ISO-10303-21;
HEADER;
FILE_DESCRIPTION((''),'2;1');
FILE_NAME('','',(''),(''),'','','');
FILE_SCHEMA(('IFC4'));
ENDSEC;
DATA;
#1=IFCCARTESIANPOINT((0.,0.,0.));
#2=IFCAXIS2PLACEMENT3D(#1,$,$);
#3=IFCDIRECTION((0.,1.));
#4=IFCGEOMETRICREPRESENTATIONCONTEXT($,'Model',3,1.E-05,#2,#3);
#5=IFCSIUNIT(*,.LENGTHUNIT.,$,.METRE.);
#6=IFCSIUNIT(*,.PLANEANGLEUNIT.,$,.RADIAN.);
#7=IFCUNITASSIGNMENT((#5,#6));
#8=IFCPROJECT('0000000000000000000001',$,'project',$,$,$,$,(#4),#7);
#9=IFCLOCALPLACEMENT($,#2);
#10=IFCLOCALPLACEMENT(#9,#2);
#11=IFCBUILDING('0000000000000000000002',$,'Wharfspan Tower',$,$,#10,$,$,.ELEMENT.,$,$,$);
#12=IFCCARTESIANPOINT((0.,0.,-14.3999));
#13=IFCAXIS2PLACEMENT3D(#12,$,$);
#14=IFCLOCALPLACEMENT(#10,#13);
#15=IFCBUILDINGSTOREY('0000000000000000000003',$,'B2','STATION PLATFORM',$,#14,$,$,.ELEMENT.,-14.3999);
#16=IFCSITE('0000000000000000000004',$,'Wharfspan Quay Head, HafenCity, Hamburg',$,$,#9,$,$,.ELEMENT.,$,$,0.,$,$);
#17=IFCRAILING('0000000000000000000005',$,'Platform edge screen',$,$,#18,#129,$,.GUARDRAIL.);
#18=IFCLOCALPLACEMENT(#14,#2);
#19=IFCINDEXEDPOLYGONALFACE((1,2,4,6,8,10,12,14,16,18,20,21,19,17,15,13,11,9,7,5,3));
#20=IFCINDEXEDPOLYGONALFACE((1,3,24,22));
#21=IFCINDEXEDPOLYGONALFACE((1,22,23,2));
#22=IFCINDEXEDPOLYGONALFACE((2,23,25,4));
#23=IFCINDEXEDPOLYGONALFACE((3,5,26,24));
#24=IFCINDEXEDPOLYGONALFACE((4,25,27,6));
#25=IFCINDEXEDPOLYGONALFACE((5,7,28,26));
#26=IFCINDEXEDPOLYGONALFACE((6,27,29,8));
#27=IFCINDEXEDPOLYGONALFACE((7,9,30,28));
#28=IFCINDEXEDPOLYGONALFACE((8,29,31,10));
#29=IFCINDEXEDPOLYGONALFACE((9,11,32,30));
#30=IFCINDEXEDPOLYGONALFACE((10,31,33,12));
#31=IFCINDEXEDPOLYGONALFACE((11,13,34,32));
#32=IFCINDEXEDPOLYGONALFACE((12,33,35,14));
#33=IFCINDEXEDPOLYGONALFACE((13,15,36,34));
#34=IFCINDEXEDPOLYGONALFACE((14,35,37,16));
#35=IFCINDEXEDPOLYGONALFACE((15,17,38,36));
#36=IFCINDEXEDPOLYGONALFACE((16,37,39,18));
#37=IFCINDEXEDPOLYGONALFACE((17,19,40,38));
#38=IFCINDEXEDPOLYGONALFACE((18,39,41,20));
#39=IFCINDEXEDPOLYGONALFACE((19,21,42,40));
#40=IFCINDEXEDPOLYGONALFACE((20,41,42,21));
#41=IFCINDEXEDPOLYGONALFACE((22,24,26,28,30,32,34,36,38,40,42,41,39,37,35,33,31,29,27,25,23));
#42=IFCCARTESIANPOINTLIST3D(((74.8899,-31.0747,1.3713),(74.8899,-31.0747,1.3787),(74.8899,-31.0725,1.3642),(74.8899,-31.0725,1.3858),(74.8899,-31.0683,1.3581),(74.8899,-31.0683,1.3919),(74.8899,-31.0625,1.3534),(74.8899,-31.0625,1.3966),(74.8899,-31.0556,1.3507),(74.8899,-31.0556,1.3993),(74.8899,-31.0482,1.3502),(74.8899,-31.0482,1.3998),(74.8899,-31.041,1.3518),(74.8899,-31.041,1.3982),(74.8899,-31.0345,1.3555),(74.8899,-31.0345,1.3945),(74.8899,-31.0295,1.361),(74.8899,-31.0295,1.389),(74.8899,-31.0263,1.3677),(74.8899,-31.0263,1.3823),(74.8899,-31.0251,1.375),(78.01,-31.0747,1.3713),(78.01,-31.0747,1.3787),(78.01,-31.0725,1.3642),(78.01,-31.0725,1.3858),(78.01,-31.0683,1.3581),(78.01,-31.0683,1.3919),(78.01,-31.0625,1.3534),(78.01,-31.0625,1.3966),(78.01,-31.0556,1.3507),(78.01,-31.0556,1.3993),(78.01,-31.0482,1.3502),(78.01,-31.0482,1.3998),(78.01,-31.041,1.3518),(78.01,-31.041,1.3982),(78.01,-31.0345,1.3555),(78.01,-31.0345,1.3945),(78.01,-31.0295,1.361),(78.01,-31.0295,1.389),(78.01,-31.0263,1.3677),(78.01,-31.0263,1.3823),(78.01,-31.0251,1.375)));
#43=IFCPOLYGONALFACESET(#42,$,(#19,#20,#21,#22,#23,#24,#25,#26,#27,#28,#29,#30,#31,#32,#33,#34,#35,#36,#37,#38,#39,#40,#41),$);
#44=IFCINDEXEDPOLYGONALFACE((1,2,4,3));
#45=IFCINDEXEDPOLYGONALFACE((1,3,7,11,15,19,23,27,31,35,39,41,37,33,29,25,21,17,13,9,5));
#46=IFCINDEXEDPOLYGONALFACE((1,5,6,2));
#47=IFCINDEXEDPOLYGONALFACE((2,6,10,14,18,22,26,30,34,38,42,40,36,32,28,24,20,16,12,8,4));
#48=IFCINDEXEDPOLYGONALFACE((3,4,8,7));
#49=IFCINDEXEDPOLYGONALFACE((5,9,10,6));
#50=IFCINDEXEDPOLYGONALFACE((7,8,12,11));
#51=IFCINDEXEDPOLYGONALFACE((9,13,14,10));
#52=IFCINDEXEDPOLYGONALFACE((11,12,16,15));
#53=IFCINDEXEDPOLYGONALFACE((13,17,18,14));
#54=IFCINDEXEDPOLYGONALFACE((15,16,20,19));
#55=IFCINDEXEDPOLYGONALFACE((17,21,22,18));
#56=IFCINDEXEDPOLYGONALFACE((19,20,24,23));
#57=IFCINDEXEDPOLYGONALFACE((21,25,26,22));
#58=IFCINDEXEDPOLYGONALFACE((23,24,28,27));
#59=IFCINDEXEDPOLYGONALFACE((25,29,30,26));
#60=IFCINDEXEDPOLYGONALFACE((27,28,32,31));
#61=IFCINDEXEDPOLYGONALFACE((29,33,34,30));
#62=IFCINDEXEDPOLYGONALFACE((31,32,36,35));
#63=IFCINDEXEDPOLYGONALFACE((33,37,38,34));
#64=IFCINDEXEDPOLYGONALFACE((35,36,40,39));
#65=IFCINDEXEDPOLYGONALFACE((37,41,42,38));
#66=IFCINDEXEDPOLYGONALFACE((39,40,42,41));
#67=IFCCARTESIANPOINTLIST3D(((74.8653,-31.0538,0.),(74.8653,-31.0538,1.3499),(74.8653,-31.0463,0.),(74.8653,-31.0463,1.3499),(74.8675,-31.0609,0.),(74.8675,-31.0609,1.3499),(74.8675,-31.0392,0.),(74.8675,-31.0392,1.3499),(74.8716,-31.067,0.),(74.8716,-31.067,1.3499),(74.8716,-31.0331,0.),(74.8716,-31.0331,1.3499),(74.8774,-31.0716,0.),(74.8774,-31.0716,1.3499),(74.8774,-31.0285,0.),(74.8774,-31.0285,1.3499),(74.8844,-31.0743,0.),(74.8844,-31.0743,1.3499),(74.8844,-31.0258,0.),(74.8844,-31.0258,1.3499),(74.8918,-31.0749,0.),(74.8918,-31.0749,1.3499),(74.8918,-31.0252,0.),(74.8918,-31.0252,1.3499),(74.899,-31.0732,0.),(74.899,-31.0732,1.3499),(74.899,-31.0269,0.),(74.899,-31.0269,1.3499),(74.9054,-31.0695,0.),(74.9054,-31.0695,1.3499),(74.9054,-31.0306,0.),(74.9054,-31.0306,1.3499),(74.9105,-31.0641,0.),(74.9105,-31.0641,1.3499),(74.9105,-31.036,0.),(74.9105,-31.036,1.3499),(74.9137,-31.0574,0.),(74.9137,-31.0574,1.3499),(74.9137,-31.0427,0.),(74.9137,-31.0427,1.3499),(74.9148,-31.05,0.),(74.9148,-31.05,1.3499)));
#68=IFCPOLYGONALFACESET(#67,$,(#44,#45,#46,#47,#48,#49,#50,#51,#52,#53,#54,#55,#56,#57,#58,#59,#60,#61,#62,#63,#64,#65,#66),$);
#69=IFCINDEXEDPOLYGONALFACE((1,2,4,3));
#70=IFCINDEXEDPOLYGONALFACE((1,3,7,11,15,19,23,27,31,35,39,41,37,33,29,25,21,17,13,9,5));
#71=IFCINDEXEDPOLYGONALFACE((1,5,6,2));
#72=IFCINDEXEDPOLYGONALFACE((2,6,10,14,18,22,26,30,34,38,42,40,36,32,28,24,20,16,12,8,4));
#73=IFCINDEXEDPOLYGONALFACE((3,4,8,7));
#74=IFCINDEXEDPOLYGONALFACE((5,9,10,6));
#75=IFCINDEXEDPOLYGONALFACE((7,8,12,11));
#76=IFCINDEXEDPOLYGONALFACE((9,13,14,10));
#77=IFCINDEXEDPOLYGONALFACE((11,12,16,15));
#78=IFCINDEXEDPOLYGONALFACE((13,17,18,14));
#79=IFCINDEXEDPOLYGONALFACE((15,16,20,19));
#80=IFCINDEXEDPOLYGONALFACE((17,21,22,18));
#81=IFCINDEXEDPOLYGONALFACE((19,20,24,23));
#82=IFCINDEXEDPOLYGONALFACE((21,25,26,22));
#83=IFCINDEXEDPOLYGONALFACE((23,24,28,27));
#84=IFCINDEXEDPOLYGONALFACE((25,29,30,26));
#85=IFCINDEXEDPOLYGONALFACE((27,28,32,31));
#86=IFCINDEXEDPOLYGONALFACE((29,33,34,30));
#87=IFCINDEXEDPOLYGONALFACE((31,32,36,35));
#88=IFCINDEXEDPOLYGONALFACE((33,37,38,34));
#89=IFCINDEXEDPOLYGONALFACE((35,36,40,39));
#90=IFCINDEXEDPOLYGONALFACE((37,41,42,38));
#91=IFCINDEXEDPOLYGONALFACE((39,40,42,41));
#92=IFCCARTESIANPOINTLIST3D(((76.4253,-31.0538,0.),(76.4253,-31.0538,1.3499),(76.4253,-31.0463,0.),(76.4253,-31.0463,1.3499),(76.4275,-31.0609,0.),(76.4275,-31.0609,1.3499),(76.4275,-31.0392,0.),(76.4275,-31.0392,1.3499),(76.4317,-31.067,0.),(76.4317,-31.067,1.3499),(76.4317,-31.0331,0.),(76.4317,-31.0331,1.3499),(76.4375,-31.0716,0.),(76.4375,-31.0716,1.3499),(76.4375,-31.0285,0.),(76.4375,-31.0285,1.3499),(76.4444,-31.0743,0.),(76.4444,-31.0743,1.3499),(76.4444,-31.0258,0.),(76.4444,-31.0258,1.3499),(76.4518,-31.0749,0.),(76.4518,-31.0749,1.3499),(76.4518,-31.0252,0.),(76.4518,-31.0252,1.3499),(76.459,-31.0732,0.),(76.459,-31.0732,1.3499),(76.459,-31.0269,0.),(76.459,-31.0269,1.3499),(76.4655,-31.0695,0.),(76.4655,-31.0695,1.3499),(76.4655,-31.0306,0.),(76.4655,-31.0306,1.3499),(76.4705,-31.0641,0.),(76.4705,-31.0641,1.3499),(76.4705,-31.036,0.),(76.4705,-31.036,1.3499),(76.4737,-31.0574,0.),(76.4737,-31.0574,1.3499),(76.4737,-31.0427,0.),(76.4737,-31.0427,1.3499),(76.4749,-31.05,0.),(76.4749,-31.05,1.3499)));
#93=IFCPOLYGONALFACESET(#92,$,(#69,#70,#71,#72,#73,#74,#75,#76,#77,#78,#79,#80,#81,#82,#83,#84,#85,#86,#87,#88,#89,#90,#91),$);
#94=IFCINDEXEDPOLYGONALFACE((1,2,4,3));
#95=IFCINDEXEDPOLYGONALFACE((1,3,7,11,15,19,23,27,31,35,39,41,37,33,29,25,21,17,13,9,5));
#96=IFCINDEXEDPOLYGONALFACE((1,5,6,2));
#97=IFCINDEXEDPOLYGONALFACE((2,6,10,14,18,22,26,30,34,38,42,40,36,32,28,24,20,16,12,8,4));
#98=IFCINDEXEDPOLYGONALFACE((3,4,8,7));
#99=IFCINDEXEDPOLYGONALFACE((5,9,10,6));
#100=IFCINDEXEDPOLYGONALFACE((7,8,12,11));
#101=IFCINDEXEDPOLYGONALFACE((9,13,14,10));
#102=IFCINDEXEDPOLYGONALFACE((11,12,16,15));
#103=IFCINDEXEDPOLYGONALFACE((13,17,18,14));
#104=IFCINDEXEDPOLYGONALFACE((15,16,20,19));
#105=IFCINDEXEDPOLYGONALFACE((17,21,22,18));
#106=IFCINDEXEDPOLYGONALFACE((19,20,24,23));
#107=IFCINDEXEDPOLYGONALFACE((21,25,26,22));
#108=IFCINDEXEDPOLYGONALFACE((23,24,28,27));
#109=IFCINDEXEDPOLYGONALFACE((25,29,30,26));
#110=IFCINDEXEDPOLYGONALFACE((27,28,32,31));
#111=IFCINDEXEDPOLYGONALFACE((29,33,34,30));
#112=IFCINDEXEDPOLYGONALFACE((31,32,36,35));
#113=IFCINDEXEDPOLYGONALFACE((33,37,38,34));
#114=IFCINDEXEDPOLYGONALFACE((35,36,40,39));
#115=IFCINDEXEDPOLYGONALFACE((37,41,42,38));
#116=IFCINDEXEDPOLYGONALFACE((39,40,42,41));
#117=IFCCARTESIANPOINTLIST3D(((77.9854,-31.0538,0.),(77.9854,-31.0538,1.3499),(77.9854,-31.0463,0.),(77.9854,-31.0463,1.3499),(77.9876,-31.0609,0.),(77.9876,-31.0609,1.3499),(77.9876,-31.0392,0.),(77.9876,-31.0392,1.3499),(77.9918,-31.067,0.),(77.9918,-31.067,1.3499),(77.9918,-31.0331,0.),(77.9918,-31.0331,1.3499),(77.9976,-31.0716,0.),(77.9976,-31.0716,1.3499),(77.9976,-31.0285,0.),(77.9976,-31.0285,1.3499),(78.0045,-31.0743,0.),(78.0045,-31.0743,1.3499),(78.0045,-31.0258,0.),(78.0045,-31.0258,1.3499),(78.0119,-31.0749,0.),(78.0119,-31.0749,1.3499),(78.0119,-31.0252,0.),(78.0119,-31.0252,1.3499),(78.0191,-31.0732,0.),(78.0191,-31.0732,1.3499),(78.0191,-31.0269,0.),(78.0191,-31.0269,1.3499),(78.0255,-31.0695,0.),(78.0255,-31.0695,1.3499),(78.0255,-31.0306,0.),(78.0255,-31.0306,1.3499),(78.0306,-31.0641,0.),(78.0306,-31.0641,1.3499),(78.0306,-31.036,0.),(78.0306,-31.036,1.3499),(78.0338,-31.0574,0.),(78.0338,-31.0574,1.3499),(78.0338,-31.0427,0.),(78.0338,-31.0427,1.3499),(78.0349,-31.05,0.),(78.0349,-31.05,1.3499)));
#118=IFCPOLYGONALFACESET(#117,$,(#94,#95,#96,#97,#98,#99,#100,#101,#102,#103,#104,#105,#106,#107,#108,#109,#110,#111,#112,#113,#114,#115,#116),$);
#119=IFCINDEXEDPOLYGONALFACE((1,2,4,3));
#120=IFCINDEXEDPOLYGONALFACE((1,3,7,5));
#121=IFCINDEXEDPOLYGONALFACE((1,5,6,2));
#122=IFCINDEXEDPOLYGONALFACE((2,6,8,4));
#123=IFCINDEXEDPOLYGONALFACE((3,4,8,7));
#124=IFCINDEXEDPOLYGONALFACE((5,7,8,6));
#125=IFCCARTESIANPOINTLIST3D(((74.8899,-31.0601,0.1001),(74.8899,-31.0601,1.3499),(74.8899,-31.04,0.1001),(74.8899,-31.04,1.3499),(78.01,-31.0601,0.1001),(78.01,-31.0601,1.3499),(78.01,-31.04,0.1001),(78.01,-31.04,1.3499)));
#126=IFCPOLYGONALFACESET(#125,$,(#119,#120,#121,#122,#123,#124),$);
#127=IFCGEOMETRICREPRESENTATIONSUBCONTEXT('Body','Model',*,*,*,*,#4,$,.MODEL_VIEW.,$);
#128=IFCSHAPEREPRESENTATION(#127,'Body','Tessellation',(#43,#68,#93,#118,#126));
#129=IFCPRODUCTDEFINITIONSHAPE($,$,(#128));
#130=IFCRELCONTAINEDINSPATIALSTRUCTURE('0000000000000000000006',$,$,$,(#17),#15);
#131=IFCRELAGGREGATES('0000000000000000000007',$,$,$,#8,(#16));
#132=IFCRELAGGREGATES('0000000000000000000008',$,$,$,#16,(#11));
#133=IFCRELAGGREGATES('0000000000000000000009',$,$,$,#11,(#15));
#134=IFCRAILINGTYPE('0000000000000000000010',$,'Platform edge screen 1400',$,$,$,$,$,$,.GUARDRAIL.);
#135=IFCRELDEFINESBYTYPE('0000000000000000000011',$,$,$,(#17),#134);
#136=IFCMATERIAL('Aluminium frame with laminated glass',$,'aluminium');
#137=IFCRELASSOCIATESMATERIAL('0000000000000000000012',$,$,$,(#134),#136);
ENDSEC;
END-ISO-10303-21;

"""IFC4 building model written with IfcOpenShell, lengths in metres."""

from ifc_helpers import new_model, si_unit, direction, frame, origin, origin_2d, place, context, subcontext, project, spatial, rectangle, circle, extrude, material, type_object, element, save


model = new_model("IFC4")

# Units and contexts
model_context = context("Model", 3, precision=1e-05, world=origin(), true_north=direction((0.0, 1.0)))
body_context = subcontext(model_context, "Body", "Model", "MODEL_VIEW")
ifc_project = project(units=[si_unit("LENGTHUNIT", "METRE"), si_unit("PLANEANGLEUNIT", "RADIAN")], contexts=[model_context])

# Site, building, storey
site_placement = place(None, origin())
site = spatial("IfcSite", under=ifc_project, at=site_placement, Name="Wharfspan Quay Head, HafenCity, Hamburg", CompositionType="ELEMENT", RefElevation=0.0)
building_placement = place(site_placement, origin())
building = spatial("IfcBuilding", under=site, at=building_placement, Name="Wharfspan Tower", CompositionType="ELEMENT")
storey_placement = place(building_placement, frame((0.0, 0.0, -14.3999)))
storey = spatial("IfcBuildingStorey", under=building, at=storey_placement, Name="B2", Description="STATION PLATFORM", CompositionType="ELEMENT", Elevation=-14.3999)

# Railing
ifc_material_1 = material(Name="Aluminium frame with laminated glass", Category="aluminium")
railing_type_1 = type_object("IfcRailingType", Name="Platform edge screen 1400", PredefinedType="GUARDRAIL", material=ifc_material_1)
for number, where, name in (
    (1, (74.8899, -31.05, 0.0), "Platform edge screen"),
):
    element("IfcRailing", number, at=place(storey_placement, frame(where)), inside=storey, type_object=railing_type_1, Name=name, PredefinedType="GUARDRAIL", context=body_context, shape_type="SweptSolid", body=[
        extrude(circle(Radius=0.0249, at=origin_2d()), frame((0.0, 0.0, 1.375), z_axis=(1.0, 0.0, 0.0), x_axis=(0.0, 1.0, 0.0)), (0.0, 0.0, 1.0), 3.1201),
        extrude(circle(Radius=0.0249, at=origin_2d()), origin(), (0.0, 0.0, 1.0), 1.3499),
        extrude(circle(Radius=0.0249, at=origin_2d()), frame((1.5601, 0.0, 0.0)), (0.0, 0.0, 1.0), 1.3499),
        extrude(circle(Radius=0.0249, at=origin_2d()), frame((3.1201, 0.0, 0.0)), (0.0, 0.0, 1.0), 1.3499),
        extrude(rectangle(XDim=3.1201, YDim=0.02, at=origin_2d()), frame((1.5601, 0.0, 0.1001), z_axis=(0.0, 0.0, 1.0), x_axis=(1.0, 0.0, 0.0)), (0.0, 0.0, 1.0), 1.2498),
    ])

save(model, "model.ifc")
